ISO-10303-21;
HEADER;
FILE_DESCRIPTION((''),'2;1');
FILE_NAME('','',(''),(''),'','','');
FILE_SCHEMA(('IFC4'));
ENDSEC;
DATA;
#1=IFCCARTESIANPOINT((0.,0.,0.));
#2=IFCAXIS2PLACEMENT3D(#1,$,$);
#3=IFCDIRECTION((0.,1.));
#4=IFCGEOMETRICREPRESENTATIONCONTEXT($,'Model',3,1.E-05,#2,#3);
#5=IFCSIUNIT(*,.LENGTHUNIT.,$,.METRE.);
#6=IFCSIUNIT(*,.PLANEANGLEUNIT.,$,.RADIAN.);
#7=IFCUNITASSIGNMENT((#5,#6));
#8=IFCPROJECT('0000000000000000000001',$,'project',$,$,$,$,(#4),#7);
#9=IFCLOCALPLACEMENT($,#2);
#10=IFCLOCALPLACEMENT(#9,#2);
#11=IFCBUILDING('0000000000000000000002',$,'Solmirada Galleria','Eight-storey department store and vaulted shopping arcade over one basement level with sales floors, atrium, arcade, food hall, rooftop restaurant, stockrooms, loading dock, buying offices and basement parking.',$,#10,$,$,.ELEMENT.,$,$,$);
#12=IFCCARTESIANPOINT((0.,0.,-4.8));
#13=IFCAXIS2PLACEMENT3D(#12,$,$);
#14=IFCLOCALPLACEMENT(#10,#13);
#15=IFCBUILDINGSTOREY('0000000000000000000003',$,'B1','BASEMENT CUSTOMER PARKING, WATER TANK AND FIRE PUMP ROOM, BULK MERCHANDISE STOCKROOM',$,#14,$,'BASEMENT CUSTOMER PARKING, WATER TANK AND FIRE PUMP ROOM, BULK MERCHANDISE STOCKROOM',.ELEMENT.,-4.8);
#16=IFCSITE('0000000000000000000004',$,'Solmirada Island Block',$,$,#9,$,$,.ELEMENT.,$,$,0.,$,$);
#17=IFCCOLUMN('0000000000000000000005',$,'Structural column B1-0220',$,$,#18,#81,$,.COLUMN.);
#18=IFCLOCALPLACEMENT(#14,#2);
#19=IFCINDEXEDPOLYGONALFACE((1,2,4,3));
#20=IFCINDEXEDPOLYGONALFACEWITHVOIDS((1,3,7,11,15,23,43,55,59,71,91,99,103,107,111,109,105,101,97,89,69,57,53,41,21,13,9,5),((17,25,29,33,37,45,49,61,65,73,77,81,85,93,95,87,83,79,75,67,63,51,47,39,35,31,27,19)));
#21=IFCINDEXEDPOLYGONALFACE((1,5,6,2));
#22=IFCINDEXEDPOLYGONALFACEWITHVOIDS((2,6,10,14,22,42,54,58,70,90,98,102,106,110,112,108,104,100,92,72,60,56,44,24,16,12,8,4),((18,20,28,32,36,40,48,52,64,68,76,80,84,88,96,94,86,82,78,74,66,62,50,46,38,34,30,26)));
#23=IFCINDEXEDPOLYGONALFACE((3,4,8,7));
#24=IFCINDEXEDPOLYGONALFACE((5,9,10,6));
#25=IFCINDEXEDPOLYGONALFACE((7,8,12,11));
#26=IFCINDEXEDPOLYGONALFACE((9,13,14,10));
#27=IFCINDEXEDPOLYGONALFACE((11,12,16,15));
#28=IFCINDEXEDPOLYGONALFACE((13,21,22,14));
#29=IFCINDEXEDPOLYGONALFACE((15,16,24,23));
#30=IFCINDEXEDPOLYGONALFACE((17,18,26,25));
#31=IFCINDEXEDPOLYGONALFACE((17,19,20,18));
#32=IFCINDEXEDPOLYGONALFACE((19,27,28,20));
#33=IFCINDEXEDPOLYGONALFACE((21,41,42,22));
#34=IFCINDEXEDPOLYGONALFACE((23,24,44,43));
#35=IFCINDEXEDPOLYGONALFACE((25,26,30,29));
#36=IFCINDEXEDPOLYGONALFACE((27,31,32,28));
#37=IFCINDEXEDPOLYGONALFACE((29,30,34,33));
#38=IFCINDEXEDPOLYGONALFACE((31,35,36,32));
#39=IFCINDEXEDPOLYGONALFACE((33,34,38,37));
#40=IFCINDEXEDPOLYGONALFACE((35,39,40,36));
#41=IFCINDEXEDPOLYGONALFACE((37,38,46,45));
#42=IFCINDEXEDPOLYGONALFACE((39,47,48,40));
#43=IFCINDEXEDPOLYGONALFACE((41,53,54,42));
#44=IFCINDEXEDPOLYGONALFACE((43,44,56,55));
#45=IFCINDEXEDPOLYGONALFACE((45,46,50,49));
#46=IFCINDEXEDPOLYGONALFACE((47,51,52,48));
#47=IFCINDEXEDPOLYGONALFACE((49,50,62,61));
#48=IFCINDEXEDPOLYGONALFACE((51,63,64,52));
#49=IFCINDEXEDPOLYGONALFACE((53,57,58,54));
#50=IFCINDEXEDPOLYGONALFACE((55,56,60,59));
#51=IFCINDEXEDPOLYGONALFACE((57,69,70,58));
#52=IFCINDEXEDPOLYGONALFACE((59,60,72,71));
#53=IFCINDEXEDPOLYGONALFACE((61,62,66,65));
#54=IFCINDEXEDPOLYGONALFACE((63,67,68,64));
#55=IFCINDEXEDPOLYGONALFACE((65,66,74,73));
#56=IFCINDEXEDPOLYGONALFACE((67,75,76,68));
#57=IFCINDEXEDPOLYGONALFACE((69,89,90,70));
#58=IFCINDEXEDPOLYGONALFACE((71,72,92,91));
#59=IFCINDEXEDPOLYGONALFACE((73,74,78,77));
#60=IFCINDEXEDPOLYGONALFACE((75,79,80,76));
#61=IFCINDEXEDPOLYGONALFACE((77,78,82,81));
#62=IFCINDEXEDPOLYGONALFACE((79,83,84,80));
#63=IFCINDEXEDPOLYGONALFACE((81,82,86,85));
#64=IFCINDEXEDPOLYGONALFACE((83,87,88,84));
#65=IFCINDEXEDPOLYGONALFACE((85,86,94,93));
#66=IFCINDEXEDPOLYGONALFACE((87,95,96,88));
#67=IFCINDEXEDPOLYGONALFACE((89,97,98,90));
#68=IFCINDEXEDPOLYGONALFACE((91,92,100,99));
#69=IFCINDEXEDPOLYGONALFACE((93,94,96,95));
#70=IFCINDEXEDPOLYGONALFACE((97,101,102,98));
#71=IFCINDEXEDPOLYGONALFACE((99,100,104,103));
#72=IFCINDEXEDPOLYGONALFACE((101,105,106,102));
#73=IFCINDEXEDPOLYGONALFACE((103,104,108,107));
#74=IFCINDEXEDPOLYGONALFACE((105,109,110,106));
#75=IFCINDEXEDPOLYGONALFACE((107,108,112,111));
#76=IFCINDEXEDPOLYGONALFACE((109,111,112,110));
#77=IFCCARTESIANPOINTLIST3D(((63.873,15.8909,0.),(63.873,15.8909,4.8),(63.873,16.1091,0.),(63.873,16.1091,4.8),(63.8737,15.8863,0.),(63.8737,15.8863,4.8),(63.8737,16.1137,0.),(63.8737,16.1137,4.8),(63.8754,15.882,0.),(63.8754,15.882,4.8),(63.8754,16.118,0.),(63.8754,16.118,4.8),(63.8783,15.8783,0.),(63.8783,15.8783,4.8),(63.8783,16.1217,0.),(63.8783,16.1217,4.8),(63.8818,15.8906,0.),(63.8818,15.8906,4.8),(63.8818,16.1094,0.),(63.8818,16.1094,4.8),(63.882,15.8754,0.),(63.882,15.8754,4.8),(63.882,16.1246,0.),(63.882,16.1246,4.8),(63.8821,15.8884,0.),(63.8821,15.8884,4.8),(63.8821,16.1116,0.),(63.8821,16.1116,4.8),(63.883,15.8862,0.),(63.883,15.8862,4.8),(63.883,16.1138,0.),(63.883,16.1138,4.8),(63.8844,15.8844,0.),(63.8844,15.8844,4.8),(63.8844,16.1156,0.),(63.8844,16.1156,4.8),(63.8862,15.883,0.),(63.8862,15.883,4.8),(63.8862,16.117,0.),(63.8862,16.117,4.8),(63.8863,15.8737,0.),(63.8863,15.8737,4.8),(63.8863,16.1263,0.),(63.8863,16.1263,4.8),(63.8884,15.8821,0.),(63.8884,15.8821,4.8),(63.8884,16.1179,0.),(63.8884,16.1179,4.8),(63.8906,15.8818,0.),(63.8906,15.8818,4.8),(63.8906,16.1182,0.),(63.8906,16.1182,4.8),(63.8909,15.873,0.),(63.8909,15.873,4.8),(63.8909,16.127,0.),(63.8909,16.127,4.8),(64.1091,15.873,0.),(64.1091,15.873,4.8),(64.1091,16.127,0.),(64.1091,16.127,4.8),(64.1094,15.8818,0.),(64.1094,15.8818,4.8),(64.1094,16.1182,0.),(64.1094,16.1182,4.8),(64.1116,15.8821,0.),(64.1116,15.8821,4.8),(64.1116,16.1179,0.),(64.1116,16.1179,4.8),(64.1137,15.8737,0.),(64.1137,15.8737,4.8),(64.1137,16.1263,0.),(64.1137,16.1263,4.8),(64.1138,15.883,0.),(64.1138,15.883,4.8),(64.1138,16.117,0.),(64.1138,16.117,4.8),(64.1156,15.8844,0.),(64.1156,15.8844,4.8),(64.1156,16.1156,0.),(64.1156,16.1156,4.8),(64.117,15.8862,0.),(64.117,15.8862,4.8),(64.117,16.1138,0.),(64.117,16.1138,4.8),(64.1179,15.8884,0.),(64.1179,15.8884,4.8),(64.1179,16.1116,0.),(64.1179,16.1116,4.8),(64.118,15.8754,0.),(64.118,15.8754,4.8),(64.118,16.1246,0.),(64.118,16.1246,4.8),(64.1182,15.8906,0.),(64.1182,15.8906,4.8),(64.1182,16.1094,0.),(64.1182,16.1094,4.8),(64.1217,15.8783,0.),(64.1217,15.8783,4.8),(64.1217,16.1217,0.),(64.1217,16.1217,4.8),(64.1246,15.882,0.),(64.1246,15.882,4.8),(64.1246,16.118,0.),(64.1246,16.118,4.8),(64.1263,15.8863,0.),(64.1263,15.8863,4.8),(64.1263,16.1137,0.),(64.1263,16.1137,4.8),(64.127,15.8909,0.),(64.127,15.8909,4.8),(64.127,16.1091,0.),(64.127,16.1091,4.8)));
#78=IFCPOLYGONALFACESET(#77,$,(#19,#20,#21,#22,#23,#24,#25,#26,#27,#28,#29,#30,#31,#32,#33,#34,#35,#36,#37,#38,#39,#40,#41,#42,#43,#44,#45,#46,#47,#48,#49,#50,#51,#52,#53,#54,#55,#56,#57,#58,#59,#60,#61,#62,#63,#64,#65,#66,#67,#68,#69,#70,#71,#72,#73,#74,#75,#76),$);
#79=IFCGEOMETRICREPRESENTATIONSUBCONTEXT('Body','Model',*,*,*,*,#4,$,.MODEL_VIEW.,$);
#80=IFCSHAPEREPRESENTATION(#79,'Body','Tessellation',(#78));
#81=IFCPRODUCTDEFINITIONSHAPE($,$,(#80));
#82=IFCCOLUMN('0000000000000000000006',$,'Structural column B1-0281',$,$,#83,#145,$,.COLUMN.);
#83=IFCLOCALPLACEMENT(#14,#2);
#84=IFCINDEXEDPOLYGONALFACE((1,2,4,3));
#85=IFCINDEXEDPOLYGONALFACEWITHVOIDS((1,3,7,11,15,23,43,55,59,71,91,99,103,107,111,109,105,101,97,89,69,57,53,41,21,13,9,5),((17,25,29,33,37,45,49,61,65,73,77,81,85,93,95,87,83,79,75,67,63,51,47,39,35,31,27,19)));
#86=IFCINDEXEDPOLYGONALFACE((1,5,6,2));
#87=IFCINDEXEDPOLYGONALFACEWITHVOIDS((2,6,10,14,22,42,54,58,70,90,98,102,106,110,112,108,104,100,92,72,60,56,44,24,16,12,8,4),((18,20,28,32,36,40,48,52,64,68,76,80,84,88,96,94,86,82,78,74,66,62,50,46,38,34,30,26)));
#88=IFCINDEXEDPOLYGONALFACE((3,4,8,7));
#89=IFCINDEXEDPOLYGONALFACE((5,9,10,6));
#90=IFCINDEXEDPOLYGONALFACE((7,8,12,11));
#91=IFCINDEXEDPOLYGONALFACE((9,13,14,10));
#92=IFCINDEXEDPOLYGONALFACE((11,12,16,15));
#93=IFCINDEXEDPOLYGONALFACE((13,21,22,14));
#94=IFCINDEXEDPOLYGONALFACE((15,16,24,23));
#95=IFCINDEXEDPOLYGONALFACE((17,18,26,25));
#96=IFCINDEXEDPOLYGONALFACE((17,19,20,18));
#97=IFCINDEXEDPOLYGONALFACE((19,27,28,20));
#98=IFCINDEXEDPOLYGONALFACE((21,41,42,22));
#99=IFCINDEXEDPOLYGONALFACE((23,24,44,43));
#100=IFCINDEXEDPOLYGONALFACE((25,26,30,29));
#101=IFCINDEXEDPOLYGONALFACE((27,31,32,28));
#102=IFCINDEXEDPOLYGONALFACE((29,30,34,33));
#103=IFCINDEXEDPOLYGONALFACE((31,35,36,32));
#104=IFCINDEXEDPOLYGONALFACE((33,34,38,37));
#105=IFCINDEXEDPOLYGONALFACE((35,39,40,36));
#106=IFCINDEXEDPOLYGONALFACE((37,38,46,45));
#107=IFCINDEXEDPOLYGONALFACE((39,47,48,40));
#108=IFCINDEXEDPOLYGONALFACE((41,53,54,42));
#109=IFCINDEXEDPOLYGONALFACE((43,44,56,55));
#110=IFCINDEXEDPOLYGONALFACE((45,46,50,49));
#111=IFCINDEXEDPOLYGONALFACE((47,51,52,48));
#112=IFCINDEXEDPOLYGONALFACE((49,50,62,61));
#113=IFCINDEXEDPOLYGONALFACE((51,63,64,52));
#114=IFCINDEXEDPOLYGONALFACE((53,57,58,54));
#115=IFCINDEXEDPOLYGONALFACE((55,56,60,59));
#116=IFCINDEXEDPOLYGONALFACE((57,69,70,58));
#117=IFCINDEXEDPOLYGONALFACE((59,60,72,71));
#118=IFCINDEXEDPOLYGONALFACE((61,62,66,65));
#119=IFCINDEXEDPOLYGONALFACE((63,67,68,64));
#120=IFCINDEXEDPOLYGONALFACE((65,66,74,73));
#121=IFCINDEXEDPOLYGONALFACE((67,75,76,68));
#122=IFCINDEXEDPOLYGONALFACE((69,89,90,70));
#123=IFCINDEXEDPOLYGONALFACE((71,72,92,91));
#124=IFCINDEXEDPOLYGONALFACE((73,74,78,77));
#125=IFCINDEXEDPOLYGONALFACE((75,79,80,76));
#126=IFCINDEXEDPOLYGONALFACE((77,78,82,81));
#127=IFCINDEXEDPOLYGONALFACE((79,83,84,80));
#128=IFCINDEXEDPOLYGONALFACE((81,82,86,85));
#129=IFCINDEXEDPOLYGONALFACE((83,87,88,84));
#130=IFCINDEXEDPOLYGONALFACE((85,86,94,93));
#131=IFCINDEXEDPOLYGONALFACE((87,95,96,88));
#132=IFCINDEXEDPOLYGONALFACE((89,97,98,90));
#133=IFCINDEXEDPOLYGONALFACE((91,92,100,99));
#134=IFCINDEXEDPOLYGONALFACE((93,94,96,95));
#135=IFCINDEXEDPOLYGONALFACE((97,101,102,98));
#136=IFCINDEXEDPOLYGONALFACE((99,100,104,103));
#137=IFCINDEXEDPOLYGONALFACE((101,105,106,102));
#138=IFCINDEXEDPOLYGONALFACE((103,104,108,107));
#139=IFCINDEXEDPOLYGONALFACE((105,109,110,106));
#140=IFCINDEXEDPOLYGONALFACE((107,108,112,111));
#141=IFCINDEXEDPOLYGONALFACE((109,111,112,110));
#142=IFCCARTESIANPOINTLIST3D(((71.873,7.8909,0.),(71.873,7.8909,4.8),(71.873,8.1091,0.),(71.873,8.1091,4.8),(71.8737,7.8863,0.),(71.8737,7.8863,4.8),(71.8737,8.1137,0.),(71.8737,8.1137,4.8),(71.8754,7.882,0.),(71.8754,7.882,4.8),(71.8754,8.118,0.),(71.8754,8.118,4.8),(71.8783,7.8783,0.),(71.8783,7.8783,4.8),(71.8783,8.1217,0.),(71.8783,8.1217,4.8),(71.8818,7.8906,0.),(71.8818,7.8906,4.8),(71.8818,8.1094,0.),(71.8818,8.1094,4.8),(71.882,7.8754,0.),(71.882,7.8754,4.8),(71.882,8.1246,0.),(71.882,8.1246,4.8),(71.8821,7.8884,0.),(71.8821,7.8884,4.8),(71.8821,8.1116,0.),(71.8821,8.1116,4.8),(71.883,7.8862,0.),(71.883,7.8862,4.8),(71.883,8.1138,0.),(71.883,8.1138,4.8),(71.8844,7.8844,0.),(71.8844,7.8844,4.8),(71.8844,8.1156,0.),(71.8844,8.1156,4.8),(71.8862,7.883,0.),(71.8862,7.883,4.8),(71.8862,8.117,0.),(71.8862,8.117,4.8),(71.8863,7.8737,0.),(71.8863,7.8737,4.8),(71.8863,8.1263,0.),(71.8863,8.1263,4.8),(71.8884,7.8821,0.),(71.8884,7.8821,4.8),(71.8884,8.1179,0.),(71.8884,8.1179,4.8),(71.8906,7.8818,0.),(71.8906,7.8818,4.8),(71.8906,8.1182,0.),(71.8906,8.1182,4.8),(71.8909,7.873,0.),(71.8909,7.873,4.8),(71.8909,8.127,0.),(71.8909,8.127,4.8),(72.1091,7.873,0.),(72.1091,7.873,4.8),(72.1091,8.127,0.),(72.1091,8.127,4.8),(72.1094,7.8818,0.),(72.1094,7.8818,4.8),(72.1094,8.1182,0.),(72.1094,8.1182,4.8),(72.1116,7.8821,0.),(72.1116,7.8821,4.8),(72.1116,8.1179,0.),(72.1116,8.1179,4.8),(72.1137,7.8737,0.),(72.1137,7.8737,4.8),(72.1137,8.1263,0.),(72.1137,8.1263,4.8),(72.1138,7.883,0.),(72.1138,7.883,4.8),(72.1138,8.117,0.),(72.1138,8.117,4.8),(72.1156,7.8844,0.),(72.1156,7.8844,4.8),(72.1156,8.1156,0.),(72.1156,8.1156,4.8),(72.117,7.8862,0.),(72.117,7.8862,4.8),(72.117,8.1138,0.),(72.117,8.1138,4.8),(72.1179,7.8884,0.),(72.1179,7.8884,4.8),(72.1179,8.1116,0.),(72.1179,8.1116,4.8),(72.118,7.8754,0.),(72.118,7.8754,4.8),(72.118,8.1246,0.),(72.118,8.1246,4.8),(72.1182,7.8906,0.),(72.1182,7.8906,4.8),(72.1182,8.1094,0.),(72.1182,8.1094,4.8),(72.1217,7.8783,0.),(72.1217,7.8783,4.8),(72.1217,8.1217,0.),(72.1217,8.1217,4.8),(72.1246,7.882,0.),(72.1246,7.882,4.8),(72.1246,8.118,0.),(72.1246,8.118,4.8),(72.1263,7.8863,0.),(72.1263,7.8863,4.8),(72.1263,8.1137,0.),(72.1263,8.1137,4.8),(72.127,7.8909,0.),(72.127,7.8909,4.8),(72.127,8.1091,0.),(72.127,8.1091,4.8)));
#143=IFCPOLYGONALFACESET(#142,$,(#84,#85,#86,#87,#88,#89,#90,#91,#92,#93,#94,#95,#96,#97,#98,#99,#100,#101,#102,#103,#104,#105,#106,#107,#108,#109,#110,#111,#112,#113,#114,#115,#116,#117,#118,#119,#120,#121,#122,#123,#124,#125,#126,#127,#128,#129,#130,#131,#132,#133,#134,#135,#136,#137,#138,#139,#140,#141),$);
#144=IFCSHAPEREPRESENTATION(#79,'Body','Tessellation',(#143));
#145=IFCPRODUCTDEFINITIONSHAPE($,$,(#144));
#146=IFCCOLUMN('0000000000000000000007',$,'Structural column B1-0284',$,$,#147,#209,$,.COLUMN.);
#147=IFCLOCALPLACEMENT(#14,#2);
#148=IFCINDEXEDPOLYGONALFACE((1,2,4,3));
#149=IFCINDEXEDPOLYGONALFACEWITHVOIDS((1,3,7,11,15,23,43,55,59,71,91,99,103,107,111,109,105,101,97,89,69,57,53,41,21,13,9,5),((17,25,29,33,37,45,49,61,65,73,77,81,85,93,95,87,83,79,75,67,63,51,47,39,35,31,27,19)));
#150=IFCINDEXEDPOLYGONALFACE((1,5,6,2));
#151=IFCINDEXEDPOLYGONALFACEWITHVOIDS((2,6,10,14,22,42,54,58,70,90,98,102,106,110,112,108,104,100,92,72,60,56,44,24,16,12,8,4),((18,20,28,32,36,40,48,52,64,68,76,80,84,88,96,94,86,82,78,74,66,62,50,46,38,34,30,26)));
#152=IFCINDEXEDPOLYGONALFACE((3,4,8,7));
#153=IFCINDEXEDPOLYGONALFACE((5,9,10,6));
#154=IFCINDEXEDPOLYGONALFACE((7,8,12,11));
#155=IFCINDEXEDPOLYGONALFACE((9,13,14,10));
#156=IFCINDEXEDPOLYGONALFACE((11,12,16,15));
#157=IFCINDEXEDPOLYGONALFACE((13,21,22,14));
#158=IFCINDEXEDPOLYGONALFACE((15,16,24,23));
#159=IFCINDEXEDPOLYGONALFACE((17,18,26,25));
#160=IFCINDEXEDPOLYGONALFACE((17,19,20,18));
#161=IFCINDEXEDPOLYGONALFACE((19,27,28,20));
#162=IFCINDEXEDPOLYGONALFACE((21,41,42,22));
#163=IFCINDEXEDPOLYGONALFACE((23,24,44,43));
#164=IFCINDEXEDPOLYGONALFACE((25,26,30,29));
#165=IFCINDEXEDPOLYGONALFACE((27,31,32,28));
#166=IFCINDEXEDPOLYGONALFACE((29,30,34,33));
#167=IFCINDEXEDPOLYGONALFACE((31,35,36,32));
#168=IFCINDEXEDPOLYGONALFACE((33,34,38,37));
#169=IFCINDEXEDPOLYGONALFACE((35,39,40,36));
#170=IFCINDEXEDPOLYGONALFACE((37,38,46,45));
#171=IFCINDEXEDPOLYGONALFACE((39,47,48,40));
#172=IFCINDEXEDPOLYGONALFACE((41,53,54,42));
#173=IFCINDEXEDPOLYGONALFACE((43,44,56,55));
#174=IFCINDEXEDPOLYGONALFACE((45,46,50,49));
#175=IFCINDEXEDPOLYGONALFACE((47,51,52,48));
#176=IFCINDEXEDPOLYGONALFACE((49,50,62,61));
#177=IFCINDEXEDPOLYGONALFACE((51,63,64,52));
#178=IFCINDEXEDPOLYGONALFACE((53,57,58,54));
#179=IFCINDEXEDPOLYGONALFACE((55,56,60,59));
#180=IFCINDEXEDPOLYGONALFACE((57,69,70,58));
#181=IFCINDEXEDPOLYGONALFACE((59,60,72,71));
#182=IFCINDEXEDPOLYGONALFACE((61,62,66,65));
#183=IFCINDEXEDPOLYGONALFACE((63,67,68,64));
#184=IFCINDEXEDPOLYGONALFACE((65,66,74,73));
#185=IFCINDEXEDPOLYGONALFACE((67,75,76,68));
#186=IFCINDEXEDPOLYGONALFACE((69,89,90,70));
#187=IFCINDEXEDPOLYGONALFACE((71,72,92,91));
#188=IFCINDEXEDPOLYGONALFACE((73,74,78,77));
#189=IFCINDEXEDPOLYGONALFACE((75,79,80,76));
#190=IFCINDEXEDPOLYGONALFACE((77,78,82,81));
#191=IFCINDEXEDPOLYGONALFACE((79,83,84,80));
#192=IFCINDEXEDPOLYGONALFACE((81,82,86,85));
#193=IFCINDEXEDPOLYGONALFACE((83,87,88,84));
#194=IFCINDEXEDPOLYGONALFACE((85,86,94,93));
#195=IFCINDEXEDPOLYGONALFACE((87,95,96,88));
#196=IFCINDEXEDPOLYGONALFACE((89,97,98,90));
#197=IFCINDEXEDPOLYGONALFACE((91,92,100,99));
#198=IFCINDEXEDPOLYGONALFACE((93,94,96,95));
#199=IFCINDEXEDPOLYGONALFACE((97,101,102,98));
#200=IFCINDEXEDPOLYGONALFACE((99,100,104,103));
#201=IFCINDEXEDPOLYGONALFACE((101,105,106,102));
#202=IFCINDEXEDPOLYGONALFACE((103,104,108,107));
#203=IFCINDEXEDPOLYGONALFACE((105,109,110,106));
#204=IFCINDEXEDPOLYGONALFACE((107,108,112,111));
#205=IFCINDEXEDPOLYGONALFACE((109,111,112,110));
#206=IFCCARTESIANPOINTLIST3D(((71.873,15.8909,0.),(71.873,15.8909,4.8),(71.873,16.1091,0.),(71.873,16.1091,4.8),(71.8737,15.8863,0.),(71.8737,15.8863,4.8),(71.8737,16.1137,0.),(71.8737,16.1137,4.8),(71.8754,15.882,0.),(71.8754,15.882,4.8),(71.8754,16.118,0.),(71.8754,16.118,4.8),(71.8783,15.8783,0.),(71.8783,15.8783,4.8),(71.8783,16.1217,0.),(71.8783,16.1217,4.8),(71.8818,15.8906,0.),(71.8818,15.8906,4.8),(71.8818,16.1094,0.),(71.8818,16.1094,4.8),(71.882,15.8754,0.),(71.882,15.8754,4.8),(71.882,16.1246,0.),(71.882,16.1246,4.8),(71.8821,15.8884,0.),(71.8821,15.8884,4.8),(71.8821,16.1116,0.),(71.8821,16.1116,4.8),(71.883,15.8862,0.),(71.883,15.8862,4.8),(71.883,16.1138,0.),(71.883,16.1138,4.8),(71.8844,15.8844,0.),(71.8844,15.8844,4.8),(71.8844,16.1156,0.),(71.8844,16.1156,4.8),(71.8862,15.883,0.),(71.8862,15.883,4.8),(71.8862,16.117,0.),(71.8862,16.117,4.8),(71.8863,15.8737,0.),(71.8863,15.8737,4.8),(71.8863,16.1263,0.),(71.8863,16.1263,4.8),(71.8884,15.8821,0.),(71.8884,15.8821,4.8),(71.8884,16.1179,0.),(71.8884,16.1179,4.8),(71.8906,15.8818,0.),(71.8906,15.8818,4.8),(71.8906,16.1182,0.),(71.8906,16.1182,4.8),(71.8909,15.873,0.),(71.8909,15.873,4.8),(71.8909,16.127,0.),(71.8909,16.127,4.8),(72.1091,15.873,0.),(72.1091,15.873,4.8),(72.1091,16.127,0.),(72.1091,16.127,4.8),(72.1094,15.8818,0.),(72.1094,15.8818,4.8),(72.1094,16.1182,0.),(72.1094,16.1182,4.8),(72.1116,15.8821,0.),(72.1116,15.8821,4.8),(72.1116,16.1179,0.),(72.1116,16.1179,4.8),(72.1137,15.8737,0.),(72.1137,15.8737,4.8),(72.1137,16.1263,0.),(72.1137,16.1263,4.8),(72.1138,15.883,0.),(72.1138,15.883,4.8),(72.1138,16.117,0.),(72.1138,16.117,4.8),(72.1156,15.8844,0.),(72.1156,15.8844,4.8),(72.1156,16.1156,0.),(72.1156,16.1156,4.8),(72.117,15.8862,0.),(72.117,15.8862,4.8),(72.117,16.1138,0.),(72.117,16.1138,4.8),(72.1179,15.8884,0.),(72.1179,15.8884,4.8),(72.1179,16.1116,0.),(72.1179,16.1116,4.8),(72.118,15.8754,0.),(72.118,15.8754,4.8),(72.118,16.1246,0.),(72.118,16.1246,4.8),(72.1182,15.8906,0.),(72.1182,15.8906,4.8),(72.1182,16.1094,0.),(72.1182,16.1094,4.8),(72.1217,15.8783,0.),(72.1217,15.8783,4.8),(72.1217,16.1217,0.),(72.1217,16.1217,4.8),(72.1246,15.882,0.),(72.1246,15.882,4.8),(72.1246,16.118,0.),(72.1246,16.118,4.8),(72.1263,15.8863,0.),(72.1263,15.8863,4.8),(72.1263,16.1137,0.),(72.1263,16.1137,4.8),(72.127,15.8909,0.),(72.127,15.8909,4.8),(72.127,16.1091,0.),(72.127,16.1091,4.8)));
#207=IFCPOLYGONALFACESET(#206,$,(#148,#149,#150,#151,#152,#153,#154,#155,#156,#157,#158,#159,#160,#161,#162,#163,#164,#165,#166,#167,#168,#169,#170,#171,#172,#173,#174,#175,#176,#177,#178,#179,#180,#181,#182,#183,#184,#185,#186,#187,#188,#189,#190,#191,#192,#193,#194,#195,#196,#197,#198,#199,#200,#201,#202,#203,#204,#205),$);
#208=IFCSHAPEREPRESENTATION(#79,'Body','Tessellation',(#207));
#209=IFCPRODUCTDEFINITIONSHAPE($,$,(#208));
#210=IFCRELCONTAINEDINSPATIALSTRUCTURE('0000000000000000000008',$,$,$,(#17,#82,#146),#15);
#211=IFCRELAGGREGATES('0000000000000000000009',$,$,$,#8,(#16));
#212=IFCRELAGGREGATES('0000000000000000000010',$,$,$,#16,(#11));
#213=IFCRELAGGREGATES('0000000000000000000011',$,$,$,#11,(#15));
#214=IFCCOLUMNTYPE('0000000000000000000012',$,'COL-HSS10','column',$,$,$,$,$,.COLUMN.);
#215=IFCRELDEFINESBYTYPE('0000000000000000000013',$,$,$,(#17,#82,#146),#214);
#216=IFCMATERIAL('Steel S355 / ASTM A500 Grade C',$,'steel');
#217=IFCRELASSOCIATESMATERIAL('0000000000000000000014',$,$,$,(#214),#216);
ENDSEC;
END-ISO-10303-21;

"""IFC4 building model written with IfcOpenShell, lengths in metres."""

from ifc_helpers import new_model, si_unit, direction, frame, origin, origin_2d, place, context, subcontext, project, spatial, hollow_rectangle, extrude, material, material_profile, profile_set, type_object, element, save


model = new_model("IFC4")

# Units and contexts
model_context = context("Model", 3, precision=1e-05, world=origin(), true_north=direction((0.0, 1.0)))
body_context = subcontext(model_context, "Body", "Model", "MODEL_VIEW")
ifc_project = project(units=[si_unit("LENGTHUNIT", "METRE"), si_unit("PLANEANGLEUNIT", "RADIAN")], contexts=[model_context])

# Site, building, storey
site_placement = place(None, origin())
site = spatial("IfcSite", under=ifc_project, at=site_placement, Name="Solmirada Island Block", CompositionType="ELEMENT", RefElevation=0.0)
building_placement = place(site_placement, origin())
building = spatial("IfcBuilding", under=site, at=building_placement, Name="Solmirada Galleria", Description="Eight-storey department store and vaulted shopping arcade over one basement level with sales floors, atrium, arcade, food hall, rooftop restaurant, stockrooms, loading dock, buying offices and basement parking.", CompositionType="ELEMENT")
storey_placement = place(building_placement, frame((0.0, 0.0, -4.8)))
storey = spatial("IfcBuildingStorey", under=building, at=storey_placement, Name="B1", Description="BASEMENT CUSTOMER PARKING, WATER TANK AND FIRE PUMP ROOM, BULK MERCHANDISE STOCKROOM", LongName="BASEMENT CUSTOMER PARKING, WATER TANK AND FIRE PUMP ROOM, BULK MERCHANDISE STOCKROOM", CompositionType="ELEMENT", Elevation=-4.8)

# Columns
ifc_material_1 = material(Name="Steel S355 / ASTM A500 Grade C", Category="steel")
ifc_material_profile_1 = material_profile(ifc_material_1, hollow_rectangle(XDim=0.2539, YDim=0.2539, WallThickness=0.0088, InnerFilletRadius=0.0088, OuterFilletRadius=0.0178, at=origin_2d()), Name="HSS10X10X3/8")
ifc_profile_set_1 = profile_set([ifc_material_profile_1], Name="Steel S355 / ASTM A500 Grade C")
column_type = type_object("IfcColumnType", Name="COL-HSS10", Description="column", PredefinedType="COLUMN", material=ifc_profile_set_1)
for number, where, z_axis, x_axis, name in (
    (1, (64.0, 16.0, 0.0), (0.0, 0.0, 1.0), (1.0, 0.0, 0.0), "Structural column B1-0220"),
    (2, (72.0, 8.0, 0.0), (0.0, 0.0, 1.0), (1.0, 0.0, 0.0), "Structural column B1-0281"),
    (3, (72.0, 16.0, 0.0), (0.0, 0.0, 1.0), (1.0, 0.0, 0.0), "Structural column B1-0284"),
):
    element("IfcColumn", number, at=place(storey_placement, frame(where, z_axis=z_axis, x_axis=x_axis)), inside=storey, type_object=column_type, Name=name, PredefinedType="COLUMN", context=body_context, shape_type="SweptSolid", body=[
        extrude(hollow_rectangle(XDim=0.2539, YDim=0.2539, WallThickness=0.0088, InnerFilletRadius=0.0088, OuterFilletRadius=0.0178, at=origin_2d()), origin(), (0.0, 0.0, 1.0), 4.8),
    ])

save(model, "model.ifc")
